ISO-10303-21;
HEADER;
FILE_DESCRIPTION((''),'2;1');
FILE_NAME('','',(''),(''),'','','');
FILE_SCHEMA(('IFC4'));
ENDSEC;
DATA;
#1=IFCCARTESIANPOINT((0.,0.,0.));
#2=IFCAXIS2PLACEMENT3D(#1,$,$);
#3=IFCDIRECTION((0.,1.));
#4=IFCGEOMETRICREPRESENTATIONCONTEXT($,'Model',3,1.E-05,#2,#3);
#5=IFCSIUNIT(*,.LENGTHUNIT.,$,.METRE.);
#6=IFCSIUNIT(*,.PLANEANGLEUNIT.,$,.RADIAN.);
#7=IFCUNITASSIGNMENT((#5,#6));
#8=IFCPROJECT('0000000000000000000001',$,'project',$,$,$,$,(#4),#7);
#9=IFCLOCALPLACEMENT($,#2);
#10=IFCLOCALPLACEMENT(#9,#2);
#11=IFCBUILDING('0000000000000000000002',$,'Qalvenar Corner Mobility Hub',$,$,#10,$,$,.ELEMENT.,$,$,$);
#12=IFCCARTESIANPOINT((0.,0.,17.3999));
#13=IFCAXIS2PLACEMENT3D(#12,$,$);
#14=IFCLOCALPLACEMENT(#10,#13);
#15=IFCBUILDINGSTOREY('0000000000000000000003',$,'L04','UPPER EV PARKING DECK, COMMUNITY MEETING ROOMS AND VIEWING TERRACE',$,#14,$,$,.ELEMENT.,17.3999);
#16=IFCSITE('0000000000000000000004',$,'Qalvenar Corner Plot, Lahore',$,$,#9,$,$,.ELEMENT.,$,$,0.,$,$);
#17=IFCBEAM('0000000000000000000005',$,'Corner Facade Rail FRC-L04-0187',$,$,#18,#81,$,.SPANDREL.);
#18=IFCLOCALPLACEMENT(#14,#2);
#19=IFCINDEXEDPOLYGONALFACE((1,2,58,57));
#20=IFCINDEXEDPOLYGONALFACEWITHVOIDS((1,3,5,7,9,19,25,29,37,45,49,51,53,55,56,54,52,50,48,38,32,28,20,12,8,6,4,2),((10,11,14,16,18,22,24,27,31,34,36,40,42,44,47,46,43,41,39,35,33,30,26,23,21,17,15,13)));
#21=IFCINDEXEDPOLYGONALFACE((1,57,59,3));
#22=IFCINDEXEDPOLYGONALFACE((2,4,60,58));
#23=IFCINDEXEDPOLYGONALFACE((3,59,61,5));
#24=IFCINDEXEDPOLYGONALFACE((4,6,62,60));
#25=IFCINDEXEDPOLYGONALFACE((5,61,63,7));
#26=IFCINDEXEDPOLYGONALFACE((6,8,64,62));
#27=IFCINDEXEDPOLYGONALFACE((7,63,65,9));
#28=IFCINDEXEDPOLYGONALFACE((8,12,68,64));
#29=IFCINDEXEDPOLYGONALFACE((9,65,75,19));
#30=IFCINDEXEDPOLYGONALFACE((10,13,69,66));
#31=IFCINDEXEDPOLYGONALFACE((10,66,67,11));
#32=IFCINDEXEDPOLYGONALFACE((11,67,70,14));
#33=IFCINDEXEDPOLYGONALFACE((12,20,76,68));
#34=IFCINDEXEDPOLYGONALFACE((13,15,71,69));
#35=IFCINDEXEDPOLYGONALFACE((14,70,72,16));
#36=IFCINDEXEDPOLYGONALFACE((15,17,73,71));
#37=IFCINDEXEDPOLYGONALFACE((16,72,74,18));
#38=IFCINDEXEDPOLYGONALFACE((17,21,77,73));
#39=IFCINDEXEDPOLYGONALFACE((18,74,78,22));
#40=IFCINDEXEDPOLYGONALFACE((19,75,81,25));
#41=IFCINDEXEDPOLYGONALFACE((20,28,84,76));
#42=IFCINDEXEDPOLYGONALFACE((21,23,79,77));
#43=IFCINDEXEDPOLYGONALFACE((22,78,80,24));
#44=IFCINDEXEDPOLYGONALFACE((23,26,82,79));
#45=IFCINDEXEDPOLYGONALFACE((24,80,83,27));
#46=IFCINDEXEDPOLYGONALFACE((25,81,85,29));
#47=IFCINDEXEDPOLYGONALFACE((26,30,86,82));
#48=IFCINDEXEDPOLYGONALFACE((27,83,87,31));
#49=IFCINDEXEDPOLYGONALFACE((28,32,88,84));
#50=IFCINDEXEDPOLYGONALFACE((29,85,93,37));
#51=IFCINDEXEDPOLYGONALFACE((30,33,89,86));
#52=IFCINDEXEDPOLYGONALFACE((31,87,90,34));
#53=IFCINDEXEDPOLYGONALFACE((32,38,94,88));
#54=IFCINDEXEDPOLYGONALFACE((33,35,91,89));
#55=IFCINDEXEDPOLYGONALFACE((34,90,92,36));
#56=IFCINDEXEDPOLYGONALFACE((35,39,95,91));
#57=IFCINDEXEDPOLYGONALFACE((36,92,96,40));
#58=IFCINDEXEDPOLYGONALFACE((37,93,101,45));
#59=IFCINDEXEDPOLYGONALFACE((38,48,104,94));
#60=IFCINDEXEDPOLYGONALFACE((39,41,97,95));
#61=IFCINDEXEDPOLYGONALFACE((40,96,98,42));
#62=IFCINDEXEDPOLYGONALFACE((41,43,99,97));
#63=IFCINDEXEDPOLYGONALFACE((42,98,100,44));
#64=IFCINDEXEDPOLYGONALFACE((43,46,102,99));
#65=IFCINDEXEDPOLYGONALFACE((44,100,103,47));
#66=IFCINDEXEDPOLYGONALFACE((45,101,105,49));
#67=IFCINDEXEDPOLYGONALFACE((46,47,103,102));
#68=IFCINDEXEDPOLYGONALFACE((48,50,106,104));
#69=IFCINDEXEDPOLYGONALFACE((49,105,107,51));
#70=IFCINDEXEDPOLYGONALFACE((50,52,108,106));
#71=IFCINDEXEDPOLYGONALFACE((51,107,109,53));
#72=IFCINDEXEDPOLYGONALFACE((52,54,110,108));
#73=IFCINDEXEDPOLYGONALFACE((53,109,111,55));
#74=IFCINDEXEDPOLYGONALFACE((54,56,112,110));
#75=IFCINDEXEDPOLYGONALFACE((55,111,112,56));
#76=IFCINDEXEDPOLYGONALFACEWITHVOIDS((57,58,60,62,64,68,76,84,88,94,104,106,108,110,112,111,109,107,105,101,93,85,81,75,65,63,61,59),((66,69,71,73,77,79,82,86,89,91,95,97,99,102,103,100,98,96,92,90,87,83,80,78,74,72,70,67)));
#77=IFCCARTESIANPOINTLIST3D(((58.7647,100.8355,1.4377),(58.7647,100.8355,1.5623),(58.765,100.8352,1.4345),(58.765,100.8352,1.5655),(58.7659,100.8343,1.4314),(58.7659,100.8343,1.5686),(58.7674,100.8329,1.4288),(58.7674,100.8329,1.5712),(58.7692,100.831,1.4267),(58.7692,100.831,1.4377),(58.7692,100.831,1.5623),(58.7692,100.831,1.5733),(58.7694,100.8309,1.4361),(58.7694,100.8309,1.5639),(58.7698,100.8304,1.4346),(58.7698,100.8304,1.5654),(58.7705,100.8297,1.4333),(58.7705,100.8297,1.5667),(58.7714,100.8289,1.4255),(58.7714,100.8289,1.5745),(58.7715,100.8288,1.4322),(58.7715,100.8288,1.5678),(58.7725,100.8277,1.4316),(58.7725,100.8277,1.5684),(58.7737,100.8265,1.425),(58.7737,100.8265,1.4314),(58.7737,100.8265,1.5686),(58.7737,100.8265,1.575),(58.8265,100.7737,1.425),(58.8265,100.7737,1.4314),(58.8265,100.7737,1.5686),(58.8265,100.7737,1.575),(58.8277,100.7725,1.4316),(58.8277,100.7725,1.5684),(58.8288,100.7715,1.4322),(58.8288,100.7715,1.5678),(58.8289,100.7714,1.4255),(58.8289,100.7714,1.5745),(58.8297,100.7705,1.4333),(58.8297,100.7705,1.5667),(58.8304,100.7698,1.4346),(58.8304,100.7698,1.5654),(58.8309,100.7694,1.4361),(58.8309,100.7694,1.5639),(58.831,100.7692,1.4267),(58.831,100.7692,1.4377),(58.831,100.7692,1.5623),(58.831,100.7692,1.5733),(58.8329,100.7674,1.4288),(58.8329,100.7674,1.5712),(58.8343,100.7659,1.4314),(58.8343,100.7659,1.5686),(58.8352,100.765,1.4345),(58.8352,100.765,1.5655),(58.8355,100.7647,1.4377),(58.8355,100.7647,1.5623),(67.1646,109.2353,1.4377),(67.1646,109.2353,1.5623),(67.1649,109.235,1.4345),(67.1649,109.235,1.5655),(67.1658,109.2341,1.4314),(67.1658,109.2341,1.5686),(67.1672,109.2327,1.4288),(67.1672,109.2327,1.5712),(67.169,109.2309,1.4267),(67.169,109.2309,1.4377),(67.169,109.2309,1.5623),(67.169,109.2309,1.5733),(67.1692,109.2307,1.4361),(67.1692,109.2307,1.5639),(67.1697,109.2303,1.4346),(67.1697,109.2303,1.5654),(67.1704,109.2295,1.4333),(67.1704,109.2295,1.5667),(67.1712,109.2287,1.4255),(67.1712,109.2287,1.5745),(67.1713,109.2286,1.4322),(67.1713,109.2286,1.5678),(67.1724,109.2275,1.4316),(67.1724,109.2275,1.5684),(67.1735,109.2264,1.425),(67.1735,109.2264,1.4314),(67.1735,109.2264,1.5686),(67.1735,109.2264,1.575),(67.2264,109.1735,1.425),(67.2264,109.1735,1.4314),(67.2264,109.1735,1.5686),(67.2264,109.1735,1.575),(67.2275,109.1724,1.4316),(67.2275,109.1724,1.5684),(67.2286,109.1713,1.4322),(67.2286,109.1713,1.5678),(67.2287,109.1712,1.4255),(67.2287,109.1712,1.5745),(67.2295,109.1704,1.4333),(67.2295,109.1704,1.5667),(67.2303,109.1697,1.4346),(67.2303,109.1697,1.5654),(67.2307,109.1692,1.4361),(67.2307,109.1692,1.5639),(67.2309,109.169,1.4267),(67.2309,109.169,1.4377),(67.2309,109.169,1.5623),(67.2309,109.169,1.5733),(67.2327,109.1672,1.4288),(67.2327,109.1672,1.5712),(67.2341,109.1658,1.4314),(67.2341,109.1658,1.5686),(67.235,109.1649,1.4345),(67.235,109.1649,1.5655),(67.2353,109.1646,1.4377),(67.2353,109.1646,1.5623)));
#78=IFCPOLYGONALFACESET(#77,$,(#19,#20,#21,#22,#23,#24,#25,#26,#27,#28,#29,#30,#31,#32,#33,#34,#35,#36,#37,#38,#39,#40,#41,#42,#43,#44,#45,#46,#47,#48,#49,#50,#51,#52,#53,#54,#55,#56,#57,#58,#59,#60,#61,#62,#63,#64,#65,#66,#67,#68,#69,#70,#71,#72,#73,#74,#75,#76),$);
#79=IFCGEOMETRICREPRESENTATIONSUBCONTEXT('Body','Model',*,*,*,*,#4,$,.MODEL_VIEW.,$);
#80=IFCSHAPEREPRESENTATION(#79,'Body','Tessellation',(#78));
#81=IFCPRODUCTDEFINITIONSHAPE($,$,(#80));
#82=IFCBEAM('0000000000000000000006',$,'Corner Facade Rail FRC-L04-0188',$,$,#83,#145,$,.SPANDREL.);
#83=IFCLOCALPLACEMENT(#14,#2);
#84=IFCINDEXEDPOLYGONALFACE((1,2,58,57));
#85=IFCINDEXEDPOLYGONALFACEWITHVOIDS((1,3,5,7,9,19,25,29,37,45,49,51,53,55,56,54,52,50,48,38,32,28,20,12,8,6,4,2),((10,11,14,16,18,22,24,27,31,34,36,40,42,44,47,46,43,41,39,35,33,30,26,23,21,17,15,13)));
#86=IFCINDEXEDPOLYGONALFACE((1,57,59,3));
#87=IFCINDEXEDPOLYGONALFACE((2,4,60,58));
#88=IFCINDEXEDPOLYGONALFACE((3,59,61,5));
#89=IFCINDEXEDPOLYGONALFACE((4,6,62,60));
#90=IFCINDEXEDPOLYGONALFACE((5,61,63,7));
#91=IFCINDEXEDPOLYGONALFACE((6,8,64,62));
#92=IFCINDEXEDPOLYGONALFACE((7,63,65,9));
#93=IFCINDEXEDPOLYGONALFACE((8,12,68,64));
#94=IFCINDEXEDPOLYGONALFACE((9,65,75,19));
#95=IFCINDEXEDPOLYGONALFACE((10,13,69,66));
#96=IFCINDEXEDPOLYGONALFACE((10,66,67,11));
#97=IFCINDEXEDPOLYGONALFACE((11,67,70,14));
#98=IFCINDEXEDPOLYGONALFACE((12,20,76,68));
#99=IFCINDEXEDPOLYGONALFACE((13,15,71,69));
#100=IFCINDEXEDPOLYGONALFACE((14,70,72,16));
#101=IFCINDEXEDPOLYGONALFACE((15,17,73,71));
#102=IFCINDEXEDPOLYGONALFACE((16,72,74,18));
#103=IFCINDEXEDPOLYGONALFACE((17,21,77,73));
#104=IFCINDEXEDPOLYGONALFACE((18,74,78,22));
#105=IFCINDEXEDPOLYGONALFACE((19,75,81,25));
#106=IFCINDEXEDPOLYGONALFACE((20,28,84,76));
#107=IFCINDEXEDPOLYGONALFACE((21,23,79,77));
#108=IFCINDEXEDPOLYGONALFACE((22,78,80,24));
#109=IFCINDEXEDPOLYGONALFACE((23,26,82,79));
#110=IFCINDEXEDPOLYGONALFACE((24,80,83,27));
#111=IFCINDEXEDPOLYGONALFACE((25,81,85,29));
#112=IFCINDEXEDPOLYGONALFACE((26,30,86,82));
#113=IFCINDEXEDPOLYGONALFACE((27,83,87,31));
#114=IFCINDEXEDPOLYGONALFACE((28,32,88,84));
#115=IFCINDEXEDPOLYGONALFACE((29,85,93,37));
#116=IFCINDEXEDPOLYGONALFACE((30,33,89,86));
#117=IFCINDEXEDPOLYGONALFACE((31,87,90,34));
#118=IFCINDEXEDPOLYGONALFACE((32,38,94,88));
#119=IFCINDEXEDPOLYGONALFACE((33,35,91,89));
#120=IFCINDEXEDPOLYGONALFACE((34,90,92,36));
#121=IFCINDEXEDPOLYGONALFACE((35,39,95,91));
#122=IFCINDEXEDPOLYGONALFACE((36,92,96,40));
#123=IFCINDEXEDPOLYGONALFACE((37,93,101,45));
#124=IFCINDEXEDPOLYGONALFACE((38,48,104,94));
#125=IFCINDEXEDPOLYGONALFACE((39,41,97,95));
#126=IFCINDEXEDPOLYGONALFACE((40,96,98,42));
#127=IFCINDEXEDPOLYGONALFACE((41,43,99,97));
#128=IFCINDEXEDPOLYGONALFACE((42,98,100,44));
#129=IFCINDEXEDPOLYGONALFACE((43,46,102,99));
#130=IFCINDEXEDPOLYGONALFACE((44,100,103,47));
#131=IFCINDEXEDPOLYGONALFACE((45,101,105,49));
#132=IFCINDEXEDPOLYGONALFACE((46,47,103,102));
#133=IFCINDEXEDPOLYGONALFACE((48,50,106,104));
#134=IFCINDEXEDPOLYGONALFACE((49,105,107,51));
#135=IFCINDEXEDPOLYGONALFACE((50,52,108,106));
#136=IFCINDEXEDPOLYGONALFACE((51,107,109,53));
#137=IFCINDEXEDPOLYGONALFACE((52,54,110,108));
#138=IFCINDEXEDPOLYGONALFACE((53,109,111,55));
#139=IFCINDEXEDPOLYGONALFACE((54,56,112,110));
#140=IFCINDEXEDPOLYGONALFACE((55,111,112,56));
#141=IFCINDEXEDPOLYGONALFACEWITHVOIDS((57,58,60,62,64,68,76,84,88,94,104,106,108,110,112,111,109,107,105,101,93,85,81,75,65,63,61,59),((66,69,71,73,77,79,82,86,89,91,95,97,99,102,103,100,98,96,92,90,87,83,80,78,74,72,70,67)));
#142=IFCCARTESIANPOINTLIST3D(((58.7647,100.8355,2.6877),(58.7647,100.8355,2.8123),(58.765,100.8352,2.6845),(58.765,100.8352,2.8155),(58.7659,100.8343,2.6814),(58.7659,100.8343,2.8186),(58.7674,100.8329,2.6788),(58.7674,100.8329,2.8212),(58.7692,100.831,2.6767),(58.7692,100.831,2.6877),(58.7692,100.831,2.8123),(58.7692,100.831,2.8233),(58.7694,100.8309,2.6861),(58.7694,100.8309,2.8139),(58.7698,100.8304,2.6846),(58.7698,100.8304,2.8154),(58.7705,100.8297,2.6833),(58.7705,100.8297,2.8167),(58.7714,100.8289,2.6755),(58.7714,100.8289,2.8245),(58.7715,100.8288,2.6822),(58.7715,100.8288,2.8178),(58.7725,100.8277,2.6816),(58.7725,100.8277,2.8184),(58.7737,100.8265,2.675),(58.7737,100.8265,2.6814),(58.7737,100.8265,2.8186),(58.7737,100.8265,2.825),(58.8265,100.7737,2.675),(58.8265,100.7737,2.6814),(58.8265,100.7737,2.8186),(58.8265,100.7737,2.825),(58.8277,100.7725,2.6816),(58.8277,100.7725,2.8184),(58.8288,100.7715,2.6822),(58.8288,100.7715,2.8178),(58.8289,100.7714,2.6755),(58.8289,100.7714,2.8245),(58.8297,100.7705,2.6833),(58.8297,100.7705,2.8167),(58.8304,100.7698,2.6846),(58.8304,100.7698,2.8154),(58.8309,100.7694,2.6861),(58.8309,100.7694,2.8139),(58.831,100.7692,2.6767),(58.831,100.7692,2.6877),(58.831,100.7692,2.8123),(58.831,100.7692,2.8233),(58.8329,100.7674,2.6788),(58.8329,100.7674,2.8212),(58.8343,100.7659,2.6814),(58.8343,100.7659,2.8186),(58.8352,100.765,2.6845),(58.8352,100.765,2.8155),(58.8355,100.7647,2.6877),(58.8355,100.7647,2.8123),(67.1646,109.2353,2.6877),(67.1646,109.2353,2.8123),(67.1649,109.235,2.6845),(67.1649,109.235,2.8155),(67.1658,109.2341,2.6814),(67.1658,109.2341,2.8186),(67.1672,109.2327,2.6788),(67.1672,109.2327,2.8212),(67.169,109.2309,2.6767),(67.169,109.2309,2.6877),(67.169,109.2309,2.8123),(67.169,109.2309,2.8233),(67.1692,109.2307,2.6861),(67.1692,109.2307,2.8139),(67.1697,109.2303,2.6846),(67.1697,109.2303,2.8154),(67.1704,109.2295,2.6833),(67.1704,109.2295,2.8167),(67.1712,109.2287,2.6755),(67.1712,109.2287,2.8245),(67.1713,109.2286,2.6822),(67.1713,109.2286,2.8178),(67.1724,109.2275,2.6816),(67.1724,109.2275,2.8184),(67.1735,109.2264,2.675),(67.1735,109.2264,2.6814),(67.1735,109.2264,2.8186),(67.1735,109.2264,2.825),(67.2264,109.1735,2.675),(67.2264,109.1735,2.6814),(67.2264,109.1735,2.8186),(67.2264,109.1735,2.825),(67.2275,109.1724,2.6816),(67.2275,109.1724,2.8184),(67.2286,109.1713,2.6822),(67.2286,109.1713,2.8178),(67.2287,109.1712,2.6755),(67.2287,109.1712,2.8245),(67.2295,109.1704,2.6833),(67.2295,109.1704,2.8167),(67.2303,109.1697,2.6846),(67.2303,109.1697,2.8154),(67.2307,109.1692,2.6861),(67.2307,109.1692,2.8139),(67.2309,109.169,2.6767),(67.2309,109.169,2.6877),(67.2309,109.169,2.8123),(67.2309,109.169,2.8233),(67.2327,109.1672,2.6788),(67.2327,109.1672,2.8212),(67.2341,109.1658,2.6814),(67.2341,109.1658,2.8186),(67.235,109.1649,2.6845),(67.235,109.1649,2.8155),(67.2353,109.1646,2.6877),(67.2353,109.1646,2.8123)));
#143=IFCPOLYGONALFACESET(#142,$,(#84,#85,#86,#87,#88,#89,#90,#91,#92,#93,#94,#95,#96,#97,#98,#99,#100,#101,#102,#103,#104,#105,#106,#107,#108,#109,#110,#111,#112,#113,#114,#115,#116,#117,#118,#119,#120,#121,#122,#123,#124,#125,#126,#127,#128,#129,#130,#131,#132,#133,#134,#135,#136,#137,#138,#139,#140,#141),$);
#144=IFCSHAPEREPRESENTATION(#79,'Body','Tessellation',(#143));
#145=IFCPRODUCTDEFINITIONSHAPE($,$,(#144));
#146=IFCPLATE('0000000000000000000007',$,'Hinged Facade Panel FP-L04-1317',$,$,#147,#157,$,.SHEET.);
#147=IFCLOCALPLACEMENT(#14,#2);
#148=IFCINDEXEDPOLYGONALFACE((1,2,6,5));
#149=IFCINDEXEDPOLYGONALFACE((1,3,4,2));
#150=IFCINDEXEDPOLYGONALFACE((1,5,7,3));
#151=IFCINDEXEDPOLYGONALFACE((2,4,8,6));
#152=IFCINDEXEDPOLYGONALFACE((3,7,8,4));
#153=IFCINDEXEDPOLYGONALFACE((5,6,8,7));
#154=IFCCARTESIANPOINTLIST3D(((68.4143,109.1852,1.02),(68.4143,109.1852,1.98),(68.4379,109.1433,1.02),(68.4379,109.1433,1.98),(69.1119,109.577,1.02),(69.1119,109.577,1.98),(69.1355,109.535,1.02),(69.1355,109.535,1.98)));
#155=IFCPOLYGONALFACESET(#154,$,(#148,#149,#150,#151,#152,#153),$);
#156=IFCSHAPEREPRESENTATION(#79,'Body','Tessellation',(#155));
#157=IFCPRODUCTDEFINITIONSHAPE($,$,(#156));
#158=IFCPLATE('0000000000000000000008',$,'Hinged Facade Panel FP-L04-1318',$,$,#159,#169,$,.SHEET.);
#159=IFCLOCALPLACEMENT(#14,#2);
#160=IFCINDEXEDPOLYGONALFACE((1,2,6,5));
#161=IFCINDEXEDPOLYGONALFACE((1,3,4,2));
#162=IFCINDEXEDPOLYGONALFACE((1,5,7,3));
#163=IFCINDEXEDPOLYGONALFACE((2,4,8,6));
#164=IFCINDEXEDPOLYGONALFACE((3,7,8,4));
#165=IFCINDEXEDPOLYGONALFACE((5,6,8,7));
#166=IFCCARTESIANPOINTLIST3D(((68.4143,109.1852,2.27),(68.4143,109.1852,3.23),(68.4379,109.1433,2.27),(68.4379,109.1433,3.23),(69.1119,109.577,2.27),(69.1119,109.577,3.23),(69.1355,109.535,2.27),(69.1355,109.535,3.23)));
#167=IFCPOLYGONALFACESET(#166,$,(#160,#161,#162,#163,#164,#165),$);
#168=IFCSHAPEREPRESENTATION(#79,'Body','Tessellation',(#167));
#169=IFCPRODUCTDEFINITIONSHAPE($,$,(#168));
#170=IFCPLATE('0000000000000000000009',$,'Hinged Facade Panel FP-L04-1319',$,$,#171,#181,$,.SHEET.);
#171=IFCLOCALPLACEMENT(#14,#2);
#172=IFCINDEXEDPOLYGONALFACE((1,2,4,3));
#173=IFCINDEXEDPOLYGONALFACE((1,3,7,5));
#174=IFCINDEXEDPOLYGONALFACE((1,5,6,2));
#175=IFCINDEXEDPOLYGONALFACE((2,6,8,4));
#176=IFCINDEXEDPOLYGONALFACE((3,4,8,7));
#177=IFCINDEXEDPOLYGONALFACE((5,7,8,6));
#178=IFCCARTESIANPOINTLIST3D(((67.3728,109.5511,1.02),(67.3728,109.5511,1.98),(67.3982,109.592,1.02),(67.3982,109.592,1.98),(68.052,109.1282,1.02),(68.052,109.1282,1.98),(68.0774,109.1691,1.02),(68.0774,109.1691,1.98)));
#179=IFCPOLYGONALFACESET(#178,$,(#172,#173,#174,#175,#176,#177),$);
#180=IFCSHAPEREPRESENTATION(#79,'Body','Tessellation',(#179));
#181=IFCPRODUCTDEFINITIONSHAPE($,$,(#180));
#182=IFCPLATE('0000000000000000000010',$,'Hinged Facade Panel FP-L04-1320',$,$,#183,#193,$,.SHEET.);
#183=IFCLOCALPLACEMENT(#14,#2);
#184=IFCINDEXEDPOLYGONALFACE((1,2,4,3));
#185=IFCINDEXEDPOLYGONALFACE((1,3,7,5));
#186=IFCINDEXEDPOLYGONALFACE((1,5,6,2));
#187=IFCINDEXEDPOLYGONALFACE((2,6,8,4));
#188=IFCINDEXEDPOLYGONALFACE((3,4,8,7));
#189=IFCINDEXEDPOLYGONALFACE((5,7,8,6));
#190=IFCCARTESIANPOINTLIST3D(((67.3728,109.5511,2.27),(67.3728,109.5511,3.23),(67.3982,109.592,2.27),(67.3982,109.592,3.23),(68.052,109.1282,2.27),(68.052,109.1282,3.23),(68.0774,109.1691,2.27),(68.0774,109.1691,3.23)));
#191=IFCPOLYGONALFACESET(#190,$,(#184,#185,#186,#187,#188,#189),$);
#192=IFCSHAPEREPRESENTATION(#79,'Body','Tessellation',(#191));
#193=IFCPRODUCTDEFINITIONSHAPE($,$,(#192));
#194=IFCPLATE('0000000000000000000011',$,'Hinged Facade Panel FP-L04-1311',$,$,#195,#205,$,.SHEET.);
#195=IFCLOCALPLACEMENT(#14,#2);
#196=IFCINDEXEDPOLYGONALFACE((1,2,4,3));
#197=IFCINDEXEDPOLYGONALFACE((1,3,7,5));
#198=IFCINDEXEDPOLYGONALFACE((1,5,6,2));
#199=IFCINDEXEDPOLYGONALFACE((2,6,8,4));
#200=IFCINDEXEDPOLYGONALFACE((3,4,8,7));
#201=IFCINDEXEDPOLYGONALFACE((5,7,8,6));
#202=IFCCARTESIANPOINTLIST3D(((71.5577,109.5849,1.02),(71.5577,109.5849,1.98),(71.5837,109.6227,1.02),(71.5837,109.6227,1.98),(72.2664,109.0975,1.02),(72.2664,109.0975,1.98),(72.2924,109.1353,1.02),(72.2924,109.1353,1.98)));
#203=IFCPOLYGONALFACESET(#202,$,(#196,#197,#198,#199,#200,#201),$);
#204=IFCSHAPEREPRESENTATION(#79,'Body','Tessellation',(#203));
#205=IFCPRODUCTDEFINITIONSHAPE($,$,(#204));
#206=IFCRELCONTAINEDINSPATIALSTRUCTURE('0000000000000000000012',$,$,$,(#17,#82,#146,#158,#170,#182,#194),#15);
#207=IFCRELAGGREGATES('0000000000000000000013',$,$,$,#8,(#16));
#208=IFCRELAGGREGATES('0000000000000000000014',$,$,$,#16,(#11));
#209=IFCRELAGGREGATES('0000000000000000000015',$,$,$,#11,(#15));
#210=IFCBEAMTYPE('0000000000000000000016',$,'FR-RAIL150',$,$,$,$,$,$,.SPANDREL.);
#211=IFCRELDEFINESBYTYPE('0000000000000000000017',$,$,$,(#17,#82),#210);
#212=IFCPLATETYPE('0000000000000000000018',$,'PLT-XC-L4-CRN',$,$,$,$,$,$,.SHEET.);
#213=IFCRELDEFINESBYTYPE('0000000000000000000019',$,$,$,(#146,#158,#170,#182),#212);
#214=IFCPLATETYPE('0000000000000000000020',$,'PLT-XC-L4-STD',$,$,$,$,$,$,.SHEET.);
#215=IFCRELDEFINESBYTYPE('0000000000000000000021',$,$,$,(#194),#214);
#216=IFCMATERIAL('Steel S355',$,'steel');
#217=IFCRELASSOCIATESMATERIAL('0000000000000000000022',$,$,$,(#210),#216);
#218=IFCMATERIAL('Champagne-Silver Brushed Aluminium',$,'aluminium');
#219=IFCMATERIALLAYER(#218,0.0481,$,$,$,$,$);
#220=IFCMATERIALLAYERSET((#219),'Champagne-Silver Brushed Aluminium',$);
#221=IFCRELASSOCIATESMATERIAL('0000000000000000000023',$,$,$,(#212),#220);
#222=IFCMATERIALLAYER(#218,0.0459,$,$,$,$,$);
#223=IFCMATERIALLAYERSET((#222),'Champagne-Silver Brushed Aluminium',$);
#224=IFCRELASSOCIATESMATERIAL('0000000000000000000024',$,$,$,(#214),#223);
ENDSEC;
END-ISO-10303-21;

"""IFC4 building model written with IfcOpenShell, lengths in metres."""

from ifc_helpers import new_model, si_unit, direction, frame, origin, origin_2d, place, context, subcontext, project, spatial, rectangle, hollow_rectangle, extrude, material, layer, layer_set, material_profile, profile_set, type_object, element, save


model = new_model("IFC4")

# Units and contexts
model_context = context("Model", 3, precision=1e-05, world=origin(), true_north=direction((0.0, 1.0)))
body_context = subcontext(model_context, "Body", "Model", "MODEL_VIEW")
ifc_project = project(units=[si_unit("LENGTHUNIT", "METRE"), si_unit("PLANEANGLEUNIT", "RADIAN")], contexts=[model_context])

# Site, building, storey
site_placement = place(None, origin())
site = spatial("IfcSite", under=ifc_project, at=site_placement, Name="Qalvenar Corner Plot, Lahore", CompositionType="ELEMENT", RefElevation=0.0)
building_placement = place(site_placement, origin())
building = spatial("IfcBuilding", under=site, at=building_placement, Name="Qalvenar Corner Mobility Hub", CompositionType="ELEMENT")
storey_placement = place(building_placement, frame((0.0, 0.0, 17.3999)))
storey = spatial("IfcBuildingStorey", under=building, at=storey_placement, Name="L04", Description="UPPER EV PARKING DECK, COMMUNITY MEETING ROOMS AND VIEWING TERRACE", CompositionType="ELEMENT", Elevation=17.3999)

# Beams
ifc_material_1 = material(Name="Steel S355", Category="steel")
ifc_material_profile_1 = material_profile(ifc_material_1, hollow_rectangle(XDim=0.1001, YDim=0.1499, WallThickness=0.0063, InnerFilletRadius=0.0063, OuterFilletRadius=0.0127, at=origin_2d()), Name="RHS150x100x6.3")
ifc_profile_set_1 = profile_set([ifc_material_profile_1], Name="Steel S355")
beam_type_1 = type_object("IfcBeamType", Name="FR-RAIL150", PredefinedType="SPANDREL", material=ifc_profile_set_1)
for number, where, z_axis, x_axis, name in (
    (1, (67.2, 109.2, 1.5), (-0.707107, -0.707107, 0.0), (0.707107, -0.707107, 0.0), "Corner Facade Rail FRC-L04-0187"),
    (2, (67.2, 109.2, 2.75), (-0.707107, -0.707107, 0.0), (0.707107, -0.707107, 0.0), "Corner Facade Rail FRC-L04-0188"),
):
    element("IfcBeam", number, at=place(storey_placement, frame(where, z_axis=z_axis, x_axis=x_axis)), inside=storey, type_object=beam_type_1, Name=name, PredefinedType="SPANDREL", context=body_context, shape_type="SweptSolid", body=[
        extrude(hollow_rectangle(XDim=0.1001, YDim=0.1499, WallThickness=0.0063, InnerFilletRadius=0.0063, OuterFilletRadius=0.0127, at=origin_2d()), origin(), (0.0, 0.0, 1.0), 11.8792),
    ])

# Plates
ifc_material_2 = material(Name="Champagne-Silver Brushed Aluminium", Category="aluminium")
ifc_layer_1 = layer(ifc_material_2, 0.0481)
ifc_layer_set_1 = layer_set([ifc_layer_1], Name="Champagne-Silver Brushed Aluminium")
plate_type_1 = type_object("IfcPlateType", Name="PLT-XC-L4-CRN", PredefinedType="SHEET", material=ifc_layer_set_1)
for number, where, z_axis, x_axis, name in (
    (3, (68.7749, 109.3601, 1.02), (0.0, 0.0, 1.0), (-0.871898, -0.489687, 0.0), "Hinged Facade Panel FP-L04-1317"),
    (4, (68.7749, 109.3601, 2.27), (0.0, 0.0, 1.0), (-0.871898, -0.489687, 0.0), "Hinged Facade Panel FP-L04-1318"),
    (5, (67.7251, 109.3601, 1.02), (0.0, 0.0, 1.0), (-0.848879, 0.528587, 0.0), "Hinged Facade Panel FP-L04-1319"),
    (6, (67.7251, 109.3601, 2.27), (0.0, 0.0, 1.0), (-0.848879, 0.528587, 0.0), "Hinged Facade Panel FP-L04-1320"),
):
    element("IfcPlate", number, at=place(storey_placement, frame(where, z_axis=z_axis, x_axis=x_axis)), inside=storey, type_object=plate_type_1, Name=name, PredefinedType="SHEET", context=body_context, shape_type="SweptSolid", body=[
        extrude(rectangle(XDim=0.8, YDim=0.0481, at=origin_2d()), origin(), (0.0, 0.0, 1.0), 0.96),
    ])
ifc_layer_2 = layer(ifc_material_2, 0.0459)
ifc_layer_set_2 = layer_set([ifc_layer_2], Name="Champagne-Silver Brushed Aluminium")
plate_type_2 = type_object("IfcPlateType", Name="PLT-XC-L4-STD", PredefinedType="SHEET", material=ifc_layer_set_2)
for number, where, z_axis, x_axis, name in (
    (7, (71.925, 109.3601, 1.02), (0.0, 0.0, 1.0), (-0.823928, 0.566694, 0.0), "Hinged Facade Panel FP-L04-1311"),
):
    element("IfcPlate", number, at=place(storey_placement, frame(where, z_axis=z_axis, x_axis=x_axis)), inside=storey, type_object=plate_type_2, Name=name, PredefinedType="SHEET", context=body_context, shape_type="SweptSolid", body=[
        extrude(rectangle(XDim=0.8601, YDim=0.0459, at=origin_2d()), origin(), (0.0, 0.0, 1.0), 0.96),
    ])

save(model, "model.ifc")
